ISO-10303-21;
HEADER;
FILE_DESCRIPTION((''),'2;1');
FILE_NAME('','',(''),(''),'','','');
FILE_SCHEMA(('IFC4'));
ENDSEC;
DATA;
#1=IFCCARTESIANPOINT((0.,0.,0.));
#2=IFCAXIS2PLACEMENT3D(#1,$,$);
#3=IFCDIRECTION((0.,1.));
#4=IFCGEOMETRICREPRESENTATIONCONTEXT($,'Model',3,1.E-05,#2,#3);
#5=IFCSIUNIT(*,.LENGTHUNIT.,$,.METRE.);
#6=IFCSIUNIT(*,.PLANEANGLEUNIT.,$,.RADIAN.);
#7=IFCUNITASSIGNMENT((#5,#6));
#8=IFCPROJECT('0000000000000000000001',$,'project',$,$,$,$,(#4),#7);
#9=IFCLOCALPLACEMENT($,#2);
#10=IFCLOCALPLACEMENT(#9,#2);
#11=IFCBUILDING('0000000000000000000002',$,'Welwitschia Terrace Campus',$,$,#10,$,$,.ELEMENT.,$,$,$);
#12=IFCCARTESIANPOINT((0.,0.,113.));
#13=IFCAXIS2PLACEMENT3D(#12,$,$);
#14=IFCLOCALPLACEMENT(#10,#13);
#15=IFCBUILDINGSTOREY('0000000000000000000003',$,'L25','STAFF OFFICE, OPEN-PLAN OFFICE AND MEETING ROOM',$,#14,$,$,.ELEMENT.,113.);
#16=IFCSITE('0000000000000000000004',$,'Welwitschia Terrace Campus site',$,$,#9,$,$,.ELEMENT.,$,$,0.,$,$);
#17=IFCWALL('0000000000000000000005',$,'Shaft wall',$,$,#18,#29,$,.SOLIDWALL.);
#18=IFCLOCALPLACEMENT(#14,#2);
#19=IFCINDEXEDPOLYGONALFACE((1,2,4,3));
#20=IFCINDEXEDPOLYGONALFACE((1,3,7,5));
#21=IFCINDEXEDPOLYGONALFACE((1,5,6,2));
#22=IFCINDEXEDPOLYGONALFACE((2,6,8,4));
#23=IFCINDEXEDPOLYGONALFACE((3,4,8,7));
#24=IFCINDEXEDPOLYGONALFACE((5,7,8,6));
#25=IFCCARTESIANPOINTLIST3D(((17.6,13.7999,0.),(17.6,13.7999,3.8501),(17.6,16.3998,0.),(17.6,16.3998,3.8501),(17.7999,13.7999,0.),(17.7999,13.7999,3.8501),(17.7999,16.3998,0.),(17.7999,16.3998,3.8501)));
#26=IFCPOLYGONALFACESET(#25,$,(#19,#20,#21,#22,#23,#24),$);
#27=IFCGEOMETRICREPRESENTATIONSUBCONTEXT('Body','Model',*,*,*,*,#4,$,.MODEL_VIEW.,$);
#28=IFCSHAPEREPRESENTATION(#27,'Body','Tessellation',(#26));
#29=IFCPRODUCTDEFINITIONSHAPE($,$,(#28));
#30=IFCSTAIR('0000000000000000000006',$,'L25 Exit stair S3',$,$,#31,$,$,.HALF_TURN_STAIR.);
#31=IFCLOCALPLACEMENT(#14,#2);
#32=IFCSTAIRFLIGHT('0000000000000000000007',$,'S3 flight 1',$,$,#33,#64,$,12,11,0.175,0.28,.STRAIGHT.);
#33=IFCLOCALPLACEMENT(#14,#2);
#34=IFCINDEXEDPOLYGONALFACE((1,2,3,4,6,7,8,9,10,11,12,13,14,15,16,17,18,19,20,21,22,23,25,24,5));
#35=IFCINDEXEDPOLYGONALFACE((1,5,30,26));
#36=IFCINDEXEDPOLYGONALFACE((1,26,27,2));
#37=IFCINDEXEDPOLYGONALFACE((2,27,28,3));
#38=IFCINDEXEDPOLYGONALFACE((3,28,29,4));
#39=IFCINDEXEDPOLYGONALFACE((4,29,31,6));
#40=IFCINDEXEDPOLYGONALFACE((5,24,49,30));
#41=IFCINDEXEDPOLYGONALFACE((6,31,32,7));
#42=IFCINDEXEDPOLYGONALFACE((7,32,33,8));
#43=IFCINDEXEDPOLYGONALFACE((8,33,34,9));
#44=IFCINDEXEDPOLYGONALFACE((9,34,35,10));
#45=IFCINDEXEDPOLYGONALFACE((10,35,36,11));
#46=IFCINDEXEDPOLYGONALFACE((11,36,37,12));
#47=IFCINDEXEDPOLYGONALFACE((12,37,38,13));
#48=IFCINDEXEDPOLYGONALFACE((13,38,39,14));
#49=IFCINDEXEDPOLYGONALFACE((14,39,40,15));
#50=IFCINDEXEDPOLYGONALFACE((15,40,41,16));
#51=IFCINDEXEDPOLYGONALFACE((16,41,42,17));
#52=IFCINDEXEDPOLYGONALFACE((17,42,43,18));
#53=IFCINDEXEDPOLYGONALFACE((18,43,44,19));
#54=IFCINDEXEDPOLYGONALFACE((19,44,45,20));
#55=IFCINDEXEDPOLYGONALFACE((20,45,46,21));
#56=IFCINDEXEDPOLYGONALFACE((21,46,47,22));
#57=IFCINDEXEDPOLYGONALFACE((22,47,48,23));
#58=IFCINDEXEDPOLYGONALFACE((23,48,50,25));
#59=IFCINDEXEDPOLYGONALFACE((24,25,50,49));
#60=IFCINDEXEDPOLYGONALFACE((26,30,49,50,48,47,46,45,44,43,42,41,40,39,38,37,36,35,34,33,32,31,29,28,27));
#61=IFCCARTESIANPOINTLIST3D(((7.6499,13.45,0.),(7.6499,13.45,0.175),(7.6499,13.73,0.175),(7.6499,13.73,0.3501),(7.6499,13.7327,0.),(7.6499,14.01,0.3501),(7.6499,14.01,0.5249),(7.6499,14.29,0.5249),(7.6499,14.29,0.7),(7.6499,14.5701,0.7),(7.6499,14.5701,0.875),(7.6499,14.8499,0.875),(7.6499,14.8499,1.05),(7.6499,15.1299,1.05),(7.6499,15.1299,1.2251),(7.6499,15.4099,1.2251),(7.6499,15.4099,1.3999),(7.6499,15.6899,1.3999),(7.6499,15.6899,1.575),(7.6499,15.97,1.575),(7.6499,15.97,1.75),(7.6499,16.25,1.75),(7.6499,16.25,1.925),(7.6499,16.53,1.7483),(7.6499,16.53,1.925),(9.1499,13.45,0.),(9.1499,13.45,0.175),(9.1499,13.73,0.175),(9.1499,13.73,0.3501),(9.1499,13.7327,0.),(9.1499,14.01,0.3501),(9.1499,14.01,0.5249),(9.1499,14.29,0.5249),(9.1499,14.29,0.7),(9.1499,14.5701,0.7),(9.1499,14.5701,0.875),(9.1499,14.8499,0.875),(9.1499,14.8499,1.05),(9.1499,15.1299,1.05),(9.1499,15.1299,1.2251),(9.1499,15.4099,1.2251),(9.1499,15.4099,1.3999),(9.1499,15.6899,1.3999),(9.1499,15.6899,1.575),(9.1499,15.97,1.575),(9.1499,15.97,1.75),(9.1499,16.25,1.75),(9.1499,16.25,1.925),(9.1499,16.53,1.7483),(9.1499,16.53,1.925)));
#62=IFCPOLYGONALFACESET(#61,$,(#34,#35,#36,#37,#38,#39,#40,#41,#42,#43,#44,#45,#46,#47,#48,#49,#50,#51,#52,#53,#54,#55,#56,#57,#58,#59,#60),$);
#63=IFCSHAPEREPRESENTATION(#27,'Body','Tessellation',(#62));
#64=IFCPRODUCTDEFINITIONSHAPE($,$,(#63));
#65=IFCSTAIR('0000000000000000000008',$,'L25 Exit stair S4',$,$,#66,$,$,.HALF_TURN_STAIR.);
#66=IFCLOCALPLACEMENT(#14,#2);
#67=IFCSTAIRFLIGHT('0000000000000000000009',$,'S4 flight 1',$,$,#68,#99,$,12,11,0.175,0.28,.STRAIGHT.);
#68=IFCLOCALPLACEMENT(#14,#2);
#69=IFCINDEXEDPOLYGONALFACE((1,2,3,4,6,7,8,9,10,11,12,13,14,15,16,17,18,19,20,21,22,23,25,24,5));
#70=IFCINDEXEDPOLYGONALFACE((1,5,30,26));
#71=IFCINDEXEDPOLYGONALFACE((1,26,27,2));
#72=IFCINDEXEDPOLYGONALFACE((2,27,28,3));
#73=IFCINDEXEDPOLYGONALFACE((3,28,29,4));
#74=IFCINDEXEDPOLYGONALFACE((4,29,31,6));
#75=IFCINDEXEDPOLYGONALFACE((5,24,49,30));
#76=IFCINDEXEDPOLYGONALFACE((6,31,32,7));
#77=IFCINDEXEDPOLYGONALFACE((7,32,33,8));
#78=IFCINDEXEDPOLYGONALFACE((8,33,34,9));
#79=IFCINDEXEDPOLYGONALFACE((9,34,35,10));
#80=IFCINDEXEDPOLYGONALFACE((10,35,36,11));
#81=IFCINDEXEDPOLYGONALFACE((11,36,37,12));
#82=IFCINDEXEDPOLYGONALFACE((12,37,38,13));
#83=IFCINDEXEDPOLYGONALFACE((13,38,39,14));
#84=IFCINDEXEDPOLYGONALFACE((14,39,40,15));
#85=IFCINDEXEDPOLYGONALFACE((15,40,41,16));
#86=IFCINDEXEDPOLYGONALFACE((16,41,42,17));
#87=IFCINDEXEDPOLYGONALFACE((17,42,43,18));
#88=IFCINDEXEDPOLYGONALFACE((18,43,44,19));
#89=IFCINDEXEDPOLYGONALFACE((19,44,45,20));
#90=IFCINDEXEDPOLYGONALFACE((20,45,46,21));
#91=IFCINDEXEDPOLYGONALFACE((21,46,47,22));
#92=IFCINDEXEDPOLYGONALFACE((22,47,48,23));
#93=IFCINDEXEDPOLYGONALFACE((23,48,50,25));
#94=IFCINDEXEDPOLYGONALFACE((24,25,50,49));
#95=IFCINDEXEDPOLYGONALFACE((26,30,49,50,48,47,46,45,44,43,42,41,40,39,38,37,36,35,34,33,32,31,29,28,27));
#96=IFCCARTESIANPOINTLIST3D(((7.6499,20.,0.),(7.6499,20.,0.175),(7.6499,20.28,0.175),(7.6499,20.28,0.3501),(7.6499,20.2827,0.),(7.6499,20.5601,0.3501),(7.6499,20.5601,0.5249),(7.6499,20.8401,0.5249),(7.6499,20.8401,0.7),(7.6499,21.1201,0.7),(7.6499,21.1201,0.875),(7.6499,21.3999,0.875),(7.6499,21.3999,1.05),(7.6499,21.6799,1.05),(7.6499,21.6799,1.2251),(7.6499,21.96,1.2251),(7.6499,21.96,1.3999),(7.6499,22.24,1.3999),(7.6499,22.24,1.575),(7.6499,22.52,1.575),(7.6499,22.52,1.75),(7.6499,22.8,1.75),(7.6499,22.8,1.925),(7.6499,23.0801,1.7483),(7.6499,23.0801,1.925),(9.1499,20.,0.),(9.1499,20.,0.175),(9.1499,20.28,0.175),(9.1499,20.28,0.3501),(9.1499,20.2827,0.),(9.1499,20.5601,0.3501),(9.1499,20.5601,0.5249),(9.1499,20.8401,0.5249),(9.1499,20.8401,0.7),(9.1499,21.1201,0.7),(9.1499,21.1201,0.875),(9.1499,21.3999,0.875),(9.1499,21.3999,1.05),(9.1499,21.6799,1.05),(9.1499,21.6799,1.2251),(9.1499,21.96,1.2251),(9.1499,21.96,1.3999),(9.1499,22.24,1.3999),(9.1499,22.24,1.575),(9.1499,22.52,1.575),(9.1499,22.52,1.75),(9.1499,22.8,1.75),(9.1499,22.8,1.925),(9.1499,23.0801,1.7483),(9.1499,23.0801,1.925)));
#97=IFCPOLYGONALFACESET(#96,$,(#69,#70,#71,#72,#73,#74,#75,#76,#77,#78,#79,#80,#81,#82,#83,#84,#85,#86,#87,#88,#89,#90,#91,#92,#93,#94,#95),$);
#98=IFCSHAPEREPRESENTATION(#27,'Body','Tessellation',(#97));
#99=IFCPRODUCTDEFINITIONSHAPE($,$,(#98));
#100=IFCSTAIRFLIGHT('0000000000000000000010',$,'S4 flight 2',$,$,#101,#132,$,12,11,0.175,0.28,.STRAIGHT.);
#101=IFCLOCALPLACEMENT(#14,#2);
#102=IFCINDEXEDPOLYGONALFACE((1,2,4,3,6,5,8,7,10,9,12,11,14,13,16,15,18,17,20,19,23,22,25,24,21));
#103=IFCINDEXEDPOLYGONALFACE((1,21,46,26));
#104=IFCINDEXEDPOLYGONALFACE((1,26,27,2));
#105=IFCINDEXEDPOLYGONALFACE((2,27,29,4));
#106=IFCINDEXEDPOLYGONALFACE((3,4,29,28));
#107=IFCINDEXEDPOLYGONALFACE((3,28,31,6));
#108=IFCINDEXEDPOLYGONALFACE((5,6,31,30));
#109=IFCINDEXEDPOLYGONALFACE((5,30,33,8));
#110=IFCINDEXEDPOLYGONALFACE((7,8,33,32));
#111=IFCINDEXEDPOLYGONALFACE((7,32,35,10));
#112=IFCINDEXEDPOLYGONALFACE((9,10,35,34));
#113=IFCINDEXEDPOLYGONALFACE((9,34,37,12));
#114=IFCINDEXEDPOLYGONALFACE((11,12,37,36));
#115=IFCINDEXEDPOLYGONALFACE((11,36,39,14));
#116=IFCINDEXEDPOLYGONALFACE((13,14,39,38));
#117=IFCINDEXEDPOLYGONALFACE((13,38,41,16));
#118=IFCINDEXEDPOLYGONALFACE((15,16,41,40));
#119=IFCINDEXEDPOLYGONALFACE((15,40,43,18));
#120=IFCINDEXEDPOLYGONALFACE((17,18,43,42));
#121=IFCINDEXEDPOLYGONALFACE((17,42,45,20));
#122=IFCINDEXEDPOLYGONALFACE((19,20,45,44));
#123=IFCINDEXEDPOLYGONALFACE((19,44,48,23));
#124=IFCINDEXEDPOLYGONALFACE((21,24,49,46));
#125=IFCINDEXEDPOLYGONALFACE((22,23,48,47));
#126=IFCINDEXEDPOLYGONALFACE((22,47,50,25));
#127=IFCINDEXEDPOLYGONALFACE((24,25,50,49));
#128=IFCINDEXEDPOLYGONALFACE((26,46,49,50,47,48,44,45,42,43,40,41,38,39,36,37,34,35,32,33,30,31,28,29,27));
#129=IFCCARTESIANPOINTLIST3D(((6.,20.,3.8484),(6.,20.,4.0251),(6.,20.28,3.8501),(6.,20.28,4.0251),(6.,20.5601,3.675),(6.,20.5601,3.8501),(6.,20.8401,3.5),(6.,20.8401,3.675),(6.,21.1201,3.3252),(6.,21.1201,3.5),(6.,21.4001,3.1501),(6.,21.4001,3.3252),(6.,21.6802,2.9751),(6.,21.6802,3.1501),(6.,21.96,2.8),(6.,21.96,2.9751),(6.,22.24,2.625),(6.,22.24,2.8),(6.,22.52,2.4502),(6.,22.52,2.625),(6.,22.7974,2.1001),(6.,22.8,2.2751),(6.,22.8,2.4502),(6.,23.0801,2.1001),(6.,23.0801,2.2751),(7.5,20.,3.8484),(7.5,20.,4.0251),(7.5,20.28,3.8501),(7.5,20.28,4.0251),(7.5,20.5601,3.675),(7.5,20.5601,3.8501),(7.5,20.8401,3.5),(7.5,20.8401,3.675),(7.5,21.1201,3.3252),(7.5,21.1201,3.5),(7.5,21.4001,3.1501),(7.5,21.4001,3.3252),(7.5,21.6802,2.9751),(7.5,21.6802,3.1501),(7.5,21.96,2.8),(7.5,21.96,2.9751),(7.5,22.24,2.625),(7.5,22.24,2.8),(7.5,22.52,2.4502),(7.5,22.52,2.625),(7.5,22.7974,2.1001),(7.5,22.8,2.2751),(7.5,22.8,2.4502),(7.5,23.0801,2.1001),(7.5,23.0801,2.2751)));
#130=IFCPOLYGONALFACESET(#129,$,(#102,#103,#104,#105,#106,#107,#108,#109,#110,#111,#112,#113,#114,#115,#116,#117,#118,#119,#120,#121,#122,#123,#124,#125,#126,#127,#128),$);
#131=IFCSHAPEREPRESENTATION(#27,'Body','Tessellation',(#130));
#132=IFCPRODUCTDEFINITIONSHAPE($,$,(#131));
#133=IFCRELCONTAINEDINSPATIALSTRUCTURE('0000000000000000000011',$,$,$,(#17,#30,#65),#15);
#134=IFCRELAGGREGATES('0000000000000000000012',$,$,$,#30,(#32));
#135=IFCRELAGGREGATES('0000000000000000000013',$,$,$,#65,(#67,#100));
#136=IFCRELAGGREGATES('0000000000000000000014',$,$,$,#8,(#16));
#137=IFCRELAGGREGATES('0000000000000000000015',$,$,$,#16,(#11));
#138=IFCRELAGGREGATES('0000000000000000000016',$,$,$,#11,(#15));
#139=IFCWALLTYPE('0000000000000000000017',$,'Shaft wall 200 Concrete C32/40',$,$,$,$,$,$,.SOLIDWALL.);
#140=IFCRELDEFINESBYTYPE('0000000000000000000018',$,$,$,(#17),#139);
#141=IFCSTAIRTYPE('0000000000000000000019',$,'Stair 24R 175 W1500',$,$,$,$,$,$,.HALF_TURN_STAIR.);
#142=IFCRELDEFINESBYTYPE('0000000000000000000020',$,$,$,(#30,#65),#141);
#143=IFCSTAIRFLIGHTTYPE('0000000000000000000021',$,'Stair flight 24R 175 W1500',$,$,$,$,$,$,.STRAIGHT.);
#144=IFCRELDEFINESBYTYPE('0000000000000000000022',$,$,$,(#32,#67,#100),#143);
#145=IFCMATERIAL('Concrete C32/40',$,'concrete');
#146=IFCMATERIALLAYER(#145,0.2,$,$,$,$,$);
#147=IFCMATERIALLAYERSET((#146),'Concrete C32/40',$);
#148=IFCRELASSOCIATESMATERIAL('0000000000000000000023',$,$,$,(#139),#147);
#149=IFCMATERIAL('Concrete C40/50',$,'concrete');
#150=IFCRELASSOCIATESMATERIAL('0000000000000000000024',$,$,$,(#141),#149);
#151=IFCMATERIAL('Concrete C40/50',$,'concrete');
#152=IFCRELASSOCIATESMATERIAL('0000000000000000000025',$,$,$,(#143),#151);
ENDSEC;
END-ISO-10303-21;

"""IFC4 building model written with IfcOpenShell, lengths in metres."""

from ifc_helpers import new_model, si_unit, direction, frame, frame_2d, origin, place, context, subcontext, project, spatial, polyline, rectangle, outline, extrude, material, layer, layer_set, type_object, element, aggregate, save


model = new_model("IFC4")

# Units and contexts
model_context = context("Model", 3, precision=1e-05, world=origin(), true_north=direction((0.0, 1.0)))
body_context = subcontext(model_context, "Body", "Model", "MODEL_VIEW")
ifc_project = project(units=[si_unit("LENGTHUNIT", "METRE"), si_unit("PLANEANGLEUNIT", "RADIAN")], contexts=[model_context])

# Site, building, storey
site_placement = place(None, origin())
site = spatial("IfcSite", under=ifc_project, at=site_placement, Name="Welwitschia Terrace Campus site", CompositionType="ELEMENT", RefElevation=0.0)
building_placement = place(site_placement, origin())
building = spatial("IfcBuilding", under=site, at=building_placement, Name="Welwitschia Terrace Campus", CompositionType="ELEMENT")
storey_placement = place(building_placement, frame((0.0, 0.0, 113.0)))
storey = spatial("IfcBuildingStorey", under=building, at=storey_placement, Name="L25", Description="STAFF OFFICE, OPEN-PLAN OFFICE AND MEETING ROOM", CompositionType="ELEMENT", Elevation=113.0)

# Wall
ifc_material_1 = material(Name="Concrete C32/40", Category="concrete")
ifc_layer_1 = layer(ifc_material_1, 0.2)
ifc_layer_set_1 = layer_set([ifc_layer_1], Name="Concrete C32/40")
wall_type_1 = type_object("IfcWallType", Name="Shaft wall 200 Concrete C32/40", PredefinedType="SOLIDWALL", material=ifc_layer_set_1)
for number, where, z_axis, x_axis, name in (
    (1, (17.7, 13.8, 0.0), (0.0, 0.0, 1.0), (0.0, 1.0, 0.0), "Shaft wall"),
):
    element("IfcWall", number, at=place(storey_placement, frame(where, z_axis=z_axis, x_axis=x_axis)), inside=storey, type_object=wall_type_1, Name=name, PredefinedType="SOLIDWALL", context=body_context, shape_type="SweptSolid", body=[
        extrude(rectangle(XDim=2.5999, YDim=0.2, at=frame_2d((1.2998, 0.0))), origin(), (0.0, 0.0, 1.0), 3.8501),
    ])

# Stair, stair flight
ifc_material_2 = material(Name="Concrete C40/50", Category="concrete")
stair_type = type_object("IfcStairType", Name="Stair 24R 175 W1500", PredefinedType="HALF_TURN_STAIR", material=ifc_material_2)
stair_1_placement = place(storey_placement, origin())
stair_1 = element("IfcStair", 2, at=stair_1_placement, inside=storey, type_object=stair_type, Name="L25 Exit stair S3", PredefinedType="HALF_TURN_STAIR")
ifc_material_3 = material(Name="Concrete C40/50", Category="concrete")
stair_flight_type = type_object("IfcStairFlightType", Name="Stair flight 24R 175 W1500", PredefinedType="STRAIGHT", material=ifc_material_3)
stair_flight_1_placement = place(storey_placement, frame((8.3999, 13.45, 0.0), z_axis=(0.0, 0.0, 1.0), x_axis=(0.0, 1.0, 0.0)))
stair_flight_1 = element("IfcStairFlight", 3, at=stair_flight_1_placement, type_object=stair_flight_type, Name="S3 flight 1", NumberOfRisers=12, NumberOfTreads=11, PredefinedType="STRAIGHT", RiserHeight=0.175, TreadLength=0.28, context=body_context, shape_type="SweptSolid", body=[
    extrude(outline(polyline([(0.0, 0.0), (0.0, 0.175), (0.28, 0.175), (0.28, 0.3501), (0.5601, 0.3501), (0.5601, 0.5249), (0.8401, 0.5249), (0.8401, 0.7), (1.1201, 0.7), (1.1201, 0.875), (1.3999, 0.875), (1.3999, 1.05), (1.6799, 1.05), (1.6799, 1.2251), (1.96, 1.2251), (1.96, 1.3999), (2.24, 1.3999), (2.24, 1.575), (2.52, 1.575), (2.52, 1.75), (2.8, 1.75), (2.8, 1.925), (3.0801, 1.925), (3.0801, 2.1001), (3.0801, 1.7483), (0.2827, 0.0), (0.0, 0.0)])), frame((0.0, 0.75, 0.0), z_axis=(0.0, -1.0, 0.0), x_axis=(1.0, 0.0, 0.0)), (0.0, 0.0, 1.0), 1.5),
])
aggregate(stair_1, [stair_flight_1])

# Stair, stair flights
stair_2_placement = place(storey_placement, origin())
stair_2 = element("IfcStair", 4, at=stair_2_placement, inside=storey, type_object=stair_type, Name="L25 Exit stair S4", PredefinedType="HALF_TURN_STAIR")
stair_flight_2_placement = place(storey_placement, frame((8.3999, 20.0, 0.0), z_axis=(0.0, 0.0, 1.0), x_axis=(0.0, 1.0, 0.0)))
stair_flight_2 = element("IfcStairFlight", 5, at=stair_flight_2_placement, type_object=stair_flight_type, Name="S4 flight 1", NumberOfRisers=12, NumberOfTreads=11, PredefinedType="STRAIGHT", RiserHeight=0.175, TreadLength=0.28, context=body_context, shape_type="SweptSolid", body=[
    extrude(outline(polyline([(0.0, 0.0), (0.0, 0.175), (0.28, 0.175), (0.28, 0.3501), (0.5601, 0.3501), (0.5601, 0.5249), (0.8401, 0.5249), (0.8401, 0.7), (1.1201, 0.7), (1.1201, 0.875), (1.3999, 0.875), (1.3999, 1.05), (1.6799, 1.05), (1.6799, 1.2251), (1.96, 1.2251), (1.96, 1.3999), (2.24, 1.3999), (2.24, 1.575), (2.52, 1.575), (2.52, 1.75), (2.8, 1.75), (2.8, 1.925), (3.0801, 1.925), (3.0801, 2.1001), (3.0801, 1.7483), (0.2827, 0.0), (0.0, 0.0)])), frame((0.0, 0.75, 0.0), z_axis=(0.0, -1.0, 0.0), x_axis=(1.0, 0.0, 0.0)), (0.0, 0.0, 1.0), 1.5),
])
stair_flight_3_placement = place(storey_placement, frame((6.75, 23.0801, 2.1001), z_axis=(0.0, 0.0, 1.0), x_axis=(0.0, -1.0, 0.0)))
stair_flight_3 = element("IfcStairFlight", 6, at=stair_flight_3_placement, type_object=stair_flight_type, Name="S4 flight 2", NumberOfRisers=12, NumberOfTreads=11, PredefinedType="STRAIGHT", RiserHeight=0.175, TreadLength=0.28, context=body_context, shape_type="SweptSolid", body=[
    extrude(outline(polyline([(0.0, 0.0), (0.0, 0.175), (0.28, 0.175), (0.28, 0.3501), (0.5601, 0.3501), (0.5601, 0.5249), (0.8401, 0.5249), (0.8401, 0.7), (1.1201, 0.7), (1.1201, 0.875), (1.3999, 0.875), (1.3999, 1.05), (1.6799, 1.05), (1.6799, 1.2251), (1.96, 1.2251), (1.96, 1.3999), (2.24, 1.3999), (2.24, 1.575), (2.52, 1.575), (2.52, 1.75), (2.8, 1.75), (2.8, 1.925), (3.0801, 1.925), (3.0801, 2.1001), (3.0801, 1.7483), (0.2827, 0.0), (0.0, 0.0)])), frame((0.0, 0.75, 0.0), z_axis=(0.0, -1.0, 0.0), x_axis=(1.0, 0.0, 0.0)), (0.0, 0.0, 1.0), 1.5),
])
aggregate(stair_2, [stair_flight_2, stair_flight_3])

save(model, "model.ifc")
